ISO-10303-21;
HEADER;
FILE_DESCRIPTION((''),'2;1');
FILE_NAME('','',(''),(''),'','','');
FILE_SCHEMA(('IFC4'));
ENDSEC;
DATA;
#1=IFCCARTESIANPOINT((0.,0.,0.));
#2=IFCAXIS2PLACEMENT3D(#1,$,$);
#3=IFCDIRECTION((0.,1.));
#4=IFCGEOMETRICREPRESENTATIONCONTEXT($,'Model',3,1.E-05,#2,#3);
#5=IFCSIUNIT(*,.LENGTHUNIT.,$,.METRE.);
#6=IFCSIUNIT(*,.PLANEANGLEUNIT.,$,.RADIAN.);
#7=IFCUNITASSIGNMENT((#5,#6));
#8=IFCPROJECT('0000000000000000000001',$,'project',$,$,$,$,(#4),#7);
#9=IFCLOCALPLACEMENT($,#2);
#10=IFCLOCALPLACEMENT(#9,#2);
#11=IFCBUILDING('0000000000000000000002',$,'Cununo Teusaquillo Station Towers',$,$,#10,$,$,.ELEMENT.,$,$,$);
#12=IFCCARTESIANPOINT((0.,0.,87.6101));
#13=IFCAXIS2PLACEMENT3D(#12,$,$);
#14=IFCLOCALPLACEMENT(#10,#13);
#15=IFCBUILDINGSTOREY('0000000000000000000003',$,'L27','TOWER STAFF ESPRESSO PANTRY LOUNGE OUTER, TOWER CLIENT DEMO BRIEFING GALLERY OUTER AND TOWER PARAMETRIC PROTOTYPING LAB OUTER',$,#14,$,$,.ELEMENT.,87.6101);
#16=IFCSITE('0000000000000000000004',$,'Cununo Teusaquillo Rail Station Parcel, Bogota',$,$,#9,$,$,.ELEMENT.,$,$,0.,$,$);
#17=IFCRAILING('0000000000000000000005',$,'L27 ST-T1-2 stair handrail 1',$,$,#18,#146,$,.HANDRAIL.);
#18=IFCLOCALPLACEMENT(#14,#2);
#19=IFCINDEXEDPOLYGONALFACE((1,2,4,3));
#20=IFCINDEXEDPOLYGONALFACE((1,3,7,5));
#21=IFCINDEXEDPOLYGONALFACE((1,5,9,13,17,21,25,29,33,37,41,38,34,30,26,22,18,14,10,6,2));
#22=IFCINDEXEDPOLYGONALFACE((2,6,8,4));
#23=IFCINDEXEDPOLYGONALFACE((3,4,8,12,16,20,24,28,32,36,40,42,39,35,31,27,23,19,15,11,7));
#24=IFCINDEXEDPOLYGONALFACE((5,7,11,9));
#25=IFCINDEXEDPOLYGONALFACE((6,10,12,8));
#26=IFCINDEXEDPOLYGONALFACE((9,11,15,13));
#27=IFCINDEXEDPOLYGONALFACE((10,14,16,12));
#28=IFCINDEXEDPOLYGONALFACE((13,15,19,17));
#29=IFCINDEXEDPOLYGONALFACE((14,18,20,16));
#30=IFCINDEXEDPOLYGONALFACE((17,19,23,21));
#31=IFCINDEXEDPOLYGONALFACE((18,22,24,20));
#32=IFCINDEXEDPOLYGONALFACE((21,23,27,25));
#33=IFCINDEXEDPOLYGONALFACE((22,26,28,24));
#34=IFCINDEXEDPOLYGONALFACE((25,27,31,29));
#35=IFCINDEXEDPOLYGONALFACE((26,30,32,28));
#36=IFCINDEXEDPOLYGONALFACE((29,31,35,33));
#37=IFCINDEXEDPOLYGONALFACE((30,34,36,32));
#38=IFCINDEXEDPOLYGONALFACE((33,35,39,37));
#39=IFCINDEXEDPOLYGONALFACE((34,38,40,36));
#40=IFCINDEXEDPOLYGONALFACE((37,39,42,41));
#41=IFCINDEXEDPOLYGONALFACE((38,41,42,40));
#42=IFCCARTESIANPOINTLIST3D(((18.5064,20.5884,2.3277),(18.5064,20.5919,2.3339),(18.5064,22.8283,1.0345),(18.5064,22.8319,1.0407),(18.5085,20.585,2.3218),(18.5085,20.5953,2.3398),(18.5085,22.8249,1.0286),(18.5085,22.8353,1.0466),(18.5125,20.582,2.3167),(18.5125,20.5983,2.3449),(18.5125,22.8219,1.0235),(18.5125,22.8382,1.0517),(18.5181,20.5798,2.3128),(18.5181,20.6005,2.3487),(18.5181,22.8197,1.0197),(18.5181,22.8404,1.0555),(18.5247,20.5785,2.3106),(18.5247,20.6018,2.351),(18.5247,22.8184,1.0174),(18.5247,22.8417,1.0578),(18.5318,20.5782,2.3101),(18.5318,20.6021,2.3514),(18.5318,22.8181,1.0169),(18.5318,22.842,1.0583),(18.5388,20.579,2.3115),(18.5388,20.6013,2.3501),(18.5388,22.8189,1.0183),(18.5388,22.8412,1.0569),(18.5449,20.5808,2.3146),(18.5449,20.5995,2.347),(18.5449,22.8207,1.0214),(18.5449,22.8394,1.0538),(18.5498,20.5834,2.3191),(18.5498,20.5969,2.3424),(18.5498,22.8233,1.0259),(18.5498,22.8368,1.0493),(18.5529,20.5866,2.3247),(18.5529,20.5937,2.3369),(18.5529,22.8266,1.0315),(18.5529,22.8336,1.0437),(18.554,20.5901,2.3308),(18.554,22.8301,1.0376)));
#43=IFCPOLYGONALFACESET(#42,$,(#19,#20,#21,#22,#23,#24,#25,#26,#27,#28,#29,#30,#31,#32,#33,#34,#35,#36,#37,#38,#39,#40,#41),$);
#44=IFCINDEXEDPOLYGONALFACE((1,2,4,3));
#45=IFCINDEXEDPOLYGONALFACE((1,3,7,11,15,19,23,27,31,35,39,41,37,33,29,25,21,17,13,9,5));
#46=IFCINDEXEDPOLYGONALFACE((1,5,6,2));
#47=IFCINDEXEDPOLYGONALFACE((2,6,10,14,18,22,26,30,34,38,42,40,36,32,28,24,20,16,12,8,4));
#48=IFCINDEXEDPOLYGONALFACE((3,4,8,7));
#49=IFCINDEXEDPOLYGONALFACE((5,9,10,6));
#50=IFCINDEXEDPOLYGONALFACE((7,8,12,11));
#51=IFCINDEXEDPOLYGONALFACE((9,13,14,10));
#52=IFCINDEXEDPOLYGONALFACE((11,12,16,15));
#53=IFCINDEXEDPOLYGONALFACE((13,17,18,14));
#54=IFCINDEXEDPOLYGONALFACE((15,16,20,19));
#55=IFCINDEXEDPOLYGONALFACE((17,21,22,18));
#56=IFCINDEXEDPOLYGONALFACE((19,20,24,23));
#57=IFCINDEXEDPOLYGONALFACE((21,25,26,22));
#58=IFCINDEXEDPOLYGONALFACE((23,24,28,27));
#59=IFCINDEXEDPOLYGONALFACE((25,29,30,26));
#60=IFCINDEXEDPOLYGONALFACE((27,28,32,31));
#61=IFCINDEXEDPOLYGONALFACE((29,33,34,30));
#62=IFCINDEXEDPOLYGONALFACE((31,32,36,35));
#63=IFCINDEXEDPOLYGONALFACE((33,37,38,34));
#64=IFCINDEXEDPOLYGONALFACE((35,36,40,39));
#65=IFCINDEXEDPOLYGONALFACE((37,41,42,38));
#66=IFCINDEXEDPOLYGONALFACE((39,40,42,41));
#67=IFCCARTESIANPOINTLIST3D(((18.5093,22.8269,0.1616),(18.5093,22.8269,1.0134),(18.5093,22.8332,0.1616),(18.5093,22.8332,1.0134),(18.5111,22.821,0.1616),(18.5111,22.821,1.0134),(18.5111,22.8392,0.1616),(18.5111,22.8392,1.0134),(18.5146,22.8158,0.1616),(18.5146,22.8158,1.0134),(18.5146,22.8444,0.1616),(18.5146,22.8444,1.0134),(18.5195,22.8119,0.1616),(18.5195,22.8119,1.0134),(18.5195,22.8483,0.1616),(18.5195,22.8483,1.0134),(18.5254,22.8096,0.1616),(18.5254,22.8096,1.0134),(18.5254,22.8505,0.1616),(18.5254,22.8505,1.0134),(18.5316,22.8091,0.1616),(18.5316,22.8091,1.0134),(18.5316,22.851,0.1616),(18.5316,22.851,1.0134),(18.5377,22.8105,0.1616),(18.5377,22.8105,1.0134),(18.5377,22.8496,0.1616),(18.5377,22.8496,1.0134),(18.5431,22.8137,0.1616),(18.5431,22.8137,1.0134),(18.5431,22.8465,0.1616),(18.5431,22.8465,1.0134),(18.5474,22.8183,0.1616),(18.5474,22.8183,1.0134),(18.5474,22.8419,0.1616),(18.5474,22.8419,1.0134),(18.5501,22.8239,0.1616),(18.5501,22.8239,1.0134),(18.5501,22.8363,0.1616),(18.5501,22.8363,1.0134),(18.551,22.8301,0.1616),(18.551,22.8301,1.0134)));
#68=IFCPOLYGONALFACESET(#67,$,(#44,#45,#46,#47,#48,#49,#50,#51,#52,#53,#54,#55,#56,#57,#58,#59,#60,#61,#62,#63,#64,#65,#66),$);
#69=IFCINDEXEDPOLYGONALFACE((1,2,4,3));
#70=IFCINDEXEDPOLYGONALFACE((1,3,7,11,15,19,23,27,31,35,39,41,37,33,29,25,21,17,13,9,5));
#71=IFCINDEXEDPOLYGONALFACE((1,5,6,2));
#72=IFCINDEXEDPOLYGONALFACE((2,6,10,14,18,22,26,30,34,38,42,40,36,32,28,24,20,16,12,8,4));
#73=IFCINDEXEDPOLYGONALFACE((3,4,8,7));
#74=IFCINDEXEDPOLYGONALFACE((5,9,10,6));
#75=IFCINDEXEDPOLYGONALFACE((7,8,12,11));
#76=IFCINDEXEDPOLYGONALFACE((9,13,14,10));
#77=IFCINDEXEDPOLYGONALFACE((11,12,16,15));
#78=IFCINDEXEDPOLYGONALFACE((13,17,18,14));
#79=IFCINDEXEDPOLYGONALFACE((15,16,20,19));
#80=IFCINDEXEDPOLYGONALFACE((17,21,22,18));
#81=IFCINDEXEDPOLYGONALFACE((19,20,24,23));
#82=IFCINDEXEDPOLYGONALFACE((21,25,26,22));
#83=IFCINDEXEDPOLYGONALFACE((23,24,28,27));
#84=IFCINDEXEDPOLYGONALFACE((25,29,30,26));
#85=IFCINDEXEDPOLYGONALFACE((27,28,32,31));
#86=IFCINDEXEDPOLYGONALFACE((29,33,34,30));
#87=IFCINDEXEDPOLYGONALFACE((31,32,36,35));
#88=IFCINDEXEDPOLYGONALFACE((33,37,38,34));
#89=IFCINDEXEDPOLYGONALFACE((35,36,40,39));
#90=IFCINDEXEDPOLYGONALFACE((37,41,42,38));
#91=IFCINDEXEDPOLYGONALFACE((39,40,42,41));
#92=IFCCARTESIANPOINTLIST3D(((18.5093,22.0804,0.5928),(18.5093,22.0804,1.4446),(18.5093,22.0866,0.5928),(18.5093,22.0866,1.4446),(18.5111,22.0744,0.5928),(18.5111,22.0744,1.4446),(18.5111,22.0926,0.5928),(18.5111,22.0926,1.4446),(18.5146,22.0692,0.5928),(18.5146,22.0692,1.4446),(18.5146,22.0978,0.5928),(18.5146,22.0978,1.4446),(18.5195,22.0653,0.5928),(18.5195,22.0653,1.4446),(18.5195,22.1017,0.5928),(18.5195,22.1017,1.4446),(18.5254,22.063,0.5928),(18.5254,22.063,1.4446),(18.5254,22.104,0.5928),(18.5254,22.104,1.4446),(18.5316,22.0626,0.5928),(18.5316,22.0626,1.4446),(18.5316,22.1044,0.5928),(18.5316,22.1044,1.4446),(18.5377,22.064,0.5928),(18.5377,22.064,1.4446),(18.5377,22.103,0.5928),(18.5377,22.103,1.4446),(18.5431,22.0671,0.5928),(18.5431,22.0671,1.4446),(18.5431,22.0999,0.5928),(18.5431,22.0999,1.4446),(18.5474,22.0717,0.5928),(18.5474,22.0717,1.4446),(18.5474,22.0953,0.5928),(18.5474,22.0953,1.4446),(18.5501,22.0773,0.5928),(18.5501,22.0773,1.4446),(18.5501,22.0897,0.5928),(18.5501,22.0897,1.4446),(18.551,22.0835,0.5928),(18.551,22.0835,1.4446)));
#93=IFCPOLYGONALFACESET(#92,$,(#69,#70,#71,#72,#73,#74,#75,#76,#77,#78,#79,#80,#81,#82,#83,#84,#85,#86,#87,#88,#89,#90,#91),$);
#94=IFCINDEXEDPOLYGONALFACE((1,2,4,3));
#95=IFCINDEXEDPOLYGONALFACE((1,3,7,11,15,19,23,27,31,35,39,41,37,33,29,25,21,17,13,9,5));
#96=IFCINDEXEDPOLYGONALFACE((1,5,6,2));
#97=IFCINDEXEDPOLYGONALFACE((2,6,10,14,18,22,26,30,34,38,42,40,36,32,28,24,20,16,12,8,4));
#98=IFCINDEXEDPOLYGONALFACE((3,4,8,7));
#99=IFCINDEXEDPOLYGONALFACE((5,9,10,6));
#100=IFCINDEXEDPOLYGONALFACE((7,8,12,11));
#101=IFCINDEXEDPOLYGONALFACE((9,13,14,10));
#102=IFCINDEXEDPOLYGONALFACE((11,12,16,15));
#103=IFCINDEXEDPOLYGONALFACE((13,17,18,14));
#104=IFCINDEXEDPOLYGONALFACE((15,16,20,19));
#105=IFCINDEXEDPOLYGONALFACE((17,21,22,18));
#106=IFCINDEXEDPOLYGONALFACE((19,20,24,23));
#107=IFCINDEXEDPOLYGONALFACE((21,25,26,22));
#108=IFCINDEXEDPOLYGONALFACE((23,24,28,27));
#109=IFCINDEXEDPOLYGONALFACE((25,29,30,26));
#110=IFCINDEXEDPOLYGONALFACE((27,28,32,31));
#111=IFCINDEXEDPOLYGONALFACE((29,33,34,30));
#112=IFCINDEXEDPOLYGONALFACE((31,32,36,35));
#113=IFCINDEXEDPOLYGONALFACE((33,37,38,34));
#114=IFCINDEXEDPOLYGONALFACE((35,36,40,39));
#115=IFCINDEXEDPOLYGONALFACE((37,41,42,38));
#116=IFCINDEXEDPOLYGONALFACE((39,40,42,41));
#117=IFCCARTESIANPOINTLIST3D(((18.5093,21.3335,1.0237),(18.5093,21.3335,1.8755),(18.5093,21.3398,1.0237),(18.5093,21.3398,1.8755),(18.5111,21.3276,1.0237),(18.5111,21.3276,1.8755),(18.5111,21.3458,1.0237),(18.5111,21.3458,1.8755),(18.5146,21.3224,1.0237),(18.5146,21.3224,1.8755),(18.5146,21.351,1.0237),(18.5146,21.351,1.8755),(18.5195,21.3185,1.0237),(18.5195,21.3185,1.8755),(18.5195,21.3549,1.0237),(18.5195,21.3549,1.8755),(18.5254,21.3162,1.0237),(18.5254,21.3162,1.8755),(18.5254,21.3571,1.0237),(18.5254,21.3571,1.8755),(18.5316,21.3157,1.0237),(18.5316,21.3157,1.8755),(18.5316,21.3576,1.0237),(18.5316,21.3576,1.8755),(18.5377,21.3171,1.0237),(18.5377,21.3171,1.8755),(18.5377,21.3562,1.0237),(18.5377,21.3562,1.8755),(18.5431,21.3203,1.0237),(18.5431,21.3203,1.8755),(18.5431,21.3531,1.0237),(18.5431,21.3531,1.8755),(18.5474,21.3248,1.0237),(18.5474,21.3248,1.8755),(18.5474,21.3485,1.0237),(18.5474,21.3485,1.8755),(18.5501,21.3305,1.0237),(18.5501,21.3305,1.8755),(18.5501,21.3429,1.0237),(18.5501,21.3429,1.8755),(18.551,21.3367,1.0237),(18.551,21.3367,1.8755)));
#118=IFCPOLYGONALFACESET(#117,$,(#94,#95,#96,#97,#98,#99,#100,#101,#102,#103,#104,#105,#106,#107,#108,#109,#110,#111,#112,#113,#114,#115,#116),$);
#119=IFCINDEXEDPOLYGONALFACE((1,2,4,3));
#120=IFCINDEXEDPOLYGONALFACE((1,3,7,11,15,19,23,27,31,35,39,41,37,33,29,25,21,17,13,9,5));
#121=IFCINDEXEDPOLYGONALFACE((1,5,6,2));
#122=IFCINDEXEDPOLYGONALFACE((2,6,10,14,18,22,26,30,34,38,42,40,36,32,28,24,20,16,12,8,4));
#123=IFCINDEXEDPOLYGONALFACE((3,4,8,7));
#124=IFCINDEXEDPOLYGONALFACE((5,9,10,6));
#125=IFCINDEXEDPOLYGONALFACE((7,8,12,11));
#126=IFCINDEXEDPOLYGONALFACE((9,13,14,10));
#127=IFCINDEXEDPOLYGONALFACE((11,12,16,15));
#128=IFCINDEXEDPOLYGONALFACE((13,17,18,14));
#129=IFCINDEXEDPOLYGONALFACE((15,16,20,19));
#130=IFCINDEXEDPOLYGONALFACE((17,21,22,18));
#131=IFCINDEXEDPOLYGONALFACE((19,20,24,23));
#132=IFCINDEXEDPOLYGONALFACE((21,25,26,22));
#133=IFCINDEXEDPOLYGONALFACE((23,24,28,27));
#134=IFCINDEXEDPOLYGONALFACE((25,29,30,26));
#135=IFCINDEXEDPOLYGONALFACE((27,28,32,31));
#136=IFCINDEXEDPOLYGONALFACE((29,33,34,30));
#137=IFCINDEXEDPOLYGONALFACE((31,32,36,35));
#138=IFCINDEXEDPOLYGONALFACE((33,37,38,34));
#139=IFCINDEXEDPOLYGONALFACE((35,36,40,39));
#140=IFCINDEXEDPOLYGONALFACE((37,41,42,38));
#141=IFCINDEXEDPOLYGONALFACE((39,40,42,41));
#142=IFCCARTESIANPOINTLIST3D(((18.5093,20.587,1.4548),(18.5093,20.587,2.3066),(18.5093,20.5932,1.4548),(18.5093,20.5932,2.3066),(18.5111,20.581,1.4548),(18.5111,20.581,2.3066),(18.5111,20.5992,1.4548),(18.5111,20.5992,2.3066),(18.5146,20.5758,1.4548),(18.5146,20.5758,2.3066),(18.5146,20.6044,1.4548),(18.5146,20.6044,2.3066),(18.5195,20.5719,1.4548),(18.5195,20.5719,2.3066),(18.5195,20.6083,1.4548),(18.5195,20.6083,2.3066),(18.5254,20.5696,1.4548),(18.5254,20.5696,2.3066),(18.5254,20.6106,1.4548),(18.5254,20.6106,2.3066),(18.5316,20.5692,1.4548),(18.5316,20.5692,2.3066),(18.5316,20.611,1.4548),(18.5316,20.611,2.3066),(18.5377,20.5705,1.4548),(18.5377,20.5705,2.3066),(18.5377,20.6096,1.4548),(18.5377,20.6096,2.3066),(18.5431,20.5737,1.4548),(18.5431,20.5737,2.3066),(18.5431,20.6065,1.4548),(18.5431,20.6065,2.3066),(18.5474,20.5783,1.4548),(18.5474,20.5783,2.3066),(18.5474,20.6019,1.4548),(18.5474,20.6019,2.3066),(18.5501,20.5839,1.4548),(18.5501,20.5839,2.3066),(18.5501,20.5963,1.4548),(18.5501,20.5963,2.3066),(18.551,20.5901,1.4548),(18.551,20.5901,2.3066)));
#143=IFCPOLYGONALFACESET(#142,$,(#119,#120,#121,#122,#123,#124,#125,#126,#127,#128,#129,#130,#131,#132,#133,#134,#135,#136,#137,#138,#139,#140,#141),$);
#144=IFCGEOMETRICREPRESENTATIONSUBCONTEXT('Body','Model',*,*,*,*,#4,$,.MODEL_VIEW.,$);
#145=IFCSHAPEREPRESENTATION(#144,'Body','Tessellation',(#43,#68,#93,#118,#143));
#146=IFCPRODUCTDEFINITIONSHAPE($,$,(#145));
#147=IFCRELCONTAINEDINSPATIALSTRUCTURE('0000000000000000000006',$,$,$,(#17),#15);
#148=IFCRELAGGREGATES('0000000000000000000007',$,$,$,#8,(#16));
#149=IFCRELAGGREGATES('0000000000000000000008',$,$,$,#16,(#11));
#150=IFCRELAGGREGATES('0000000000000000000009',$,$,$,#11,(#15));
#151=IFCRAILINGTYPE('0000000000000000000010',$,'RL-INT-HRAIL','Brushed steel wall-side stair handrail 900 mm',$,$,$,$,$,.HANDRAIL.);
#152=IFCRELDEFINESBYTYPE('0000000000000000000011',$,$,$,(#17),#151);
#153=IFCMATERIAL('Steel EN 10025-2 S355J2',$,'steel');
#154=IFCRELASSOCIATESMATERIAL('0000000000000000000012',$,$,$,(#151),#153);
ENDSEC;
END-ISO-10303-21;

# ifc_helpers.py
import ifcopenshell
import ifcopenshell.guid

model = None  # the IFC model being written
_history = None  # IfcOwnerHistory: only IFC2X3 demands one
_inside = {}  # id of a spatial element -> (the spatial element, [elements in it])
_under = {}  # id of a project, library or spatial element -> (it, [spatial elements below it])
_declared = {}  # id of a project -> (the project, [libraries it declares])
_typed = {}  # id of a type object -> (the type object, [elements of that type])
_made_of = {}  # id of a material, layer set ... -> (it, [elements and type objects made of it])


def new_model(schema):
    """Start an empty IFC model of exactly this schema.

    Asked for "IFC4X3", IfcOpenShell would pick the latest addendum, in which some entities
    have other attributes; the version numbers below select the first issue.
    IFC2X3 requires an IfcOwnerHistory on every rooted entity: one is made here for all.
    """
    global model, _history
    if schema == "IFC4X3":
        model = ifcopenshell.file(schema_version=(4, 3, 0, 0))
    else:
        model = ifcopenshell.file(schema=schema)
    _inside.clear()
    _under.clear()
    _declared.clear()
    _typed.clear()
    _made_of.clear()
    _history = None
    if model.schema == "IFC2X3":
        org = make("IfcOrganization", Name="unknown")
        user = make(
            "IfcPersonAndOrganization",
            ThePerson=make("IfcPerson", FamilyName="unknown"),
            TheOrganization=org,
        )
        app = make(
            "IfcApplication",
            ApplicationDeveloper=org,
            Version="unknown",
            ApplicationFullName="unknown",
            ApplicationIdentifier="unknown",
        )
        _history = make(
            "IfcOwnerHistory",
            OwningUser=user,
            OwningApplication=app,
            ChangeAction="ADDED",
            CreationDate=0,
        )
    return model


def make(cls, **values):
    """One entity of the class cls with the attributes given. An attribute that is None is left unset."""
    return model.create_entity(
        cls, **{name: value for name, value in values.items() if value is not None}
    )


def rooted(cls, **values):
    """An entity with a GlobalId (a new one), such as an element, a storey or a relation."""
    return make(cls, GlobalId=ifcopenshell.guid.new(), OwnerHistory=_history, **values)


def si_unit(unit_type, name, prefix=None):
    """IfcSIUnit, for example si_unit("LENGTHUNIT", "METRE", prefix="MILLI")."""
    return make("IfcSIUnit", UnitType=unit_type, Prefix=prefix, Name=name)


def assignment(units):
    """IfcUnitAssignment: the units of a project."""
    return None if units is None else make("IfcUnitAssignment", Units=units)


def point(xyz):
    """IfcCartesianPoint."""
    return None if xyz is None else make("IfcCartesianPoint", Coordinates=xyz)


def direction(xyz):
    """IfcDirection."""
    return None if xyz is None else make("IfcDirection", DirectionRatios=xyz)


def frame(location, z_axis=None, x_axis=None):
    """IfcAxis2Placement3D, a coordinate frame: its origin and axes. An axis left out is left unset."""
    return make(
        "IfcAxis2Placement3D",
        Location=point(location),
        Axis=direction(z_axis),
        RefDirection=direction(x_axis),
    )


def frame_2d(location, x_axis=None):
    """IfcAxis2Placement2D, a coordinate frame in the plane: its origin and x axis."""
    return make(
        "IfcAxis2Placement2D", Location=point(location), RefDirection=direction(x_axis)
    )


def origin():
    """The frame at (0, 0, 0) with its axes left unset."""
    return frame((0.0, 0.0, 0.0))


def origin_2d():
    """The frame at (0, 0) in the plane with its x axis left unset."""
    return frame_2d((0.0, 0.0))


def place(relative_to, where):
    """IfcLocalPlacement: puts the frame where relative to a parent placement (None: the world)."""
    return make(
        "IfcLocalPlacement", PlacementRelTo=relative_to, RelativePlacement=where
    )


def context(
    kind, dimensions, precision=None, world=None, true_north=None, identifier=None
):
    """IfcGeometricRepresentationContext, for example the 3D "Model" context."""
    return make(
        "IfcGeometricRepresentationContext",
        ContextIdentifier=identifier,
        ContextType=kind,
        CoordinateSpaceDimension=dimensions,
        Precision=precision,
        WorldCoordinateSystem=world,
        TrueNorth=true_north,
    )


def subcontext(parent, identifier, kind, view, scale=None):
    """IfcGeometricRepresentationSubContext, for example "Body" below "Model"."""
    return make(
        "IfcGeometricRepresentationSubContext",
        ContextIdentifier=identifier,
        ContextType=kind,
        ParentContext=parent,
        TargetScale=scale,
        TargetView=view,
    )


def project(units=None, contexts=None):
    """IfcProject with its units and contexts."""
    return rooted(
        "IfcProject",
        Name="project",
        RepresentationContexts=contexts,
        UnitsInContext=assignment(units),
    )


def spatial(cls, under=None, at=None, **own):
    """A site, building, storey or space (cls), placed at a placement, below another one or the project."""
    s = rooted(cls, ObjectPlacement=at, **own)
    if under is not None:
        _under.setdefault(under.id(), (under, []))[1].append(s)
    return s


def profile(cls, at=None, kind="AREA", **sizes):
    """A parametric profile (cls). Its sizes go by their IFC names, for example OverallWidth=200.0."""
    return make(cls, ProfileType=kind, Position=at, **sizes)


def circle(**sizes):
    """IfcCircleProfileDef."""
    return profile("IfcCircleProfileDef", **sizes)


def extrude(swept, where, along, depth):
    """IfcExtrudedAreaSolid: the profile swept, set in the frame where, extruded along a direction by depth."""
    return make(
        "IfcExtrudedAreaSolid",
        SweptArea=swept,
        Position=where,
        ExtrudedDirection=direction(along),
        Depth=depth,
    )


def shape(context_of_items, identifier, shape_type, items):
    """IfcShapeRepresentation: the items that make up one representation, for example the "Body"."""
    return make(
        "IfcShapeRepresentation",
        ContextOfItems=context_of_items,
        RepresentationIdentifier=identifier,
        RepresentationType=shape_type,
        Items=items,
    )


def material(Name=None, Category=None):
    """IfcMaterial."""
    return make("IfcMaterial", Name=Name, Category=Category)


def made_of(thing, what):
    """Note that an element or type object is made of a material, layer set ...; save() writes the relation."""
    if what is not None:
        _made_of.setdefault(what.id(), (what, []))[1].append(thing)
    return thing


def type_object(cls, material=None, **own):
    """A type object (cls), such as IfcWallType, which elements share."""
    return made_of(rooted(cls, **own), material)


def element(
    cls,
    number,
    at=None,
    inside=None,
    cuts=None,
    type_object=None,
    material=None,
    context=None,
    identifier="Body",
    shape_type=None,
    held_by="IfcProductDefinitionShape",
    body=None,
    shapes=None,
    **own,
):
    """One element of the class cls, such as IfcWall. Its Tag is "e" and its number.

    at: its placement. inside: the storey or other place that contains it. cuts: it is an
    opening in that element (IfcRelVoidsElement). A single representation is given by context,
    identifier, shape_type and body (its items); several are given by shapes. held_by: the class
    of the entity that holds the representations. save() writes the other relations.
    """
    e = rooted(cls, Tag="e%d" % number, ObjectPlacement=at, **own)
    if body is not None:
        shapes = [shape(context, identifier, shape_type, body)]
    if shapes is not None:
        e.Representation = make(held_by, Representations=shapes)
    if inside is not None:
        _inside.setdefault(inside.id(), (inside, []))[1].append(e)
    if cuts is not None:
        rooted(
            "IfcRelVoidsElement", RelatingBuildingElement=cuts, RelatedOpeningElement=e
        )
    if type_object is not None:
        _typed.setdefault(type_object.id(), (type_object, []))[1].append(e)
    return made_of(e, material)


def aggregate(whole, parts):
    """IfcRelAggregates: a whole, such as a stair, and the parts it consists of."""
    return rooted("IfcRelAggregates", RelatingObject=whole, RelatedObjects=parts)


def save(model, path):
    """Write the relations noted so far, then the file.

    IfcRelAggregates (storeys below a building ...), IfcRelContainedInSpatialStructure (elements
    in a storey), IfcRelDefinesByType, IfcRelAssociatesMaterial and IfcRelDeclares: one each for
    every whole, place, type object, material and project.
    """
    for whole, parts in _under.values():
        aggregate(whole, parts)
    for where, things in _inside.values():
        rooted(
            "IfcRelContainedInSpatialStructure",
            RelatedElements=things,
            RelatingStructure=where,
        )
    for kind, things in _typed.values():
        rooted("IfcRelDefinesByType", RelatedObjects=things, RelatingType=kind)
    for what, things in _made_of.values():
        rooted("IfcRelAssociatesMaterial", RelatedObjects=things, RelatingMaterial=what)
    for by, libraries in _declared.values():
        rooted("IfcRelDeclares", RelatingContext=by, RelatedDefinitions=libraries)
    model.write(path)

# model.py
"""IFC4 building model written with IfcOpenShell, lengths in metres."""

from ifc_helpers import new_model, si_unit, direction, frame, origin, origin_2d, place, context, subcontext, project, spatial, circle, extrude, material, type_object, element, save


model = new_model("IFC4")

# Units and contexts
model_context = context("Model", 3, precision=1e-05, world=origin(), true_north=direction((0.0, 1.0)))
body_context = subcontext(model_context, "Body", "Model", "MODEL_VIEW")
ifc_project = project(units=[si_unit("LENGTHUNIT", "METRE"), si_unit("PLANEANGLEUNIT", "RADIAN")], contexts=[model_context])

# Site, building, storey
site_placement = place(None, origin())
site = spatial("IfcSite", under=ifc_project, at=site_placement, Name="Cununo Teusaquillo Rail Station Parcel, Bogota", CompositionType="ELEMENT", RefElevation=0.0)
building_placement = place(site_placement, origin())
building = spatial("IfcBuilding", under=site, at=building_placement, Name="Cununo Teusaquillo Station Towers", CompositionType="ELEMENT")
storey_placement = place(building_placement, frame((0.0, 0.0, 87.6101)))
storey = spatial("IfcBuildingStorey", under=building, at=storey_placement, Name="L27", Description="TOWER STAFF ESPRESSO PANTRY LOUNGE OUTER, TOWER CLIENT DEMO BRIEFING GALLERY OUTER AND TOWER PARAMETRIC PROTOTYPING LAB OUTER", CompositionType="ELEMENT", Elevation=87.6101)

# Railing
ifc_material_1 = material(Name="Steel EN 10025-2 S355J2", Category="steel")
railing_type_1 = type_object("IfcRailingType", Name="RL-INT-HRAIL", Description="Brushed steel wall-side stair handrail 900 mm", PredefinedType="HANDRAIL", material=ifc_material_1)
railing_1_placement = place(storey_placement, frame((18.53, 22.8301, 0.1616)))
element("IfcRailing", 1, at=railing_1_placement, inside=storey, type_object=railing_type_1, Name="L27 ST-T1-2 stair handrail 1", PredefinedType="HANDRAIL", context=body_context, shape_type="SweptSolid", body=[
    extrude(circle(Radius=0.0239, at=origin_2d()), frame((0.0, 0.0, 0.876), z_axis=(0.0, -0.866033, 0.499987), x_axis=(1.0, 0.0, 0.0)), (0.0, 0.0, 1.0), 2.5864),
    extrude(circle(Radius=0.021, at=origin_2d()), origin(), (0.0, 0.0, 1.0), 0.8518),
    extrude(circle(Radius=0.021, at=origin_2d()), frame((0.0, -0.7466, 0.4312)), (0.0, 0.0, 1.0), 0.8518),
    extrude(circle(Radius=0.021, at=origin_2d()), frame((0.0, -1.4934, 0.8621)), (0.0, 0.0, 1.0), 0.8518),
    extrude(circle(Radius=0.021, at=origin_2d()), frame((0.0, -2.24, 1.2932)), (0.0, 0.0, 1.0), 0.8518),
])

save(model, "model.ifc")
